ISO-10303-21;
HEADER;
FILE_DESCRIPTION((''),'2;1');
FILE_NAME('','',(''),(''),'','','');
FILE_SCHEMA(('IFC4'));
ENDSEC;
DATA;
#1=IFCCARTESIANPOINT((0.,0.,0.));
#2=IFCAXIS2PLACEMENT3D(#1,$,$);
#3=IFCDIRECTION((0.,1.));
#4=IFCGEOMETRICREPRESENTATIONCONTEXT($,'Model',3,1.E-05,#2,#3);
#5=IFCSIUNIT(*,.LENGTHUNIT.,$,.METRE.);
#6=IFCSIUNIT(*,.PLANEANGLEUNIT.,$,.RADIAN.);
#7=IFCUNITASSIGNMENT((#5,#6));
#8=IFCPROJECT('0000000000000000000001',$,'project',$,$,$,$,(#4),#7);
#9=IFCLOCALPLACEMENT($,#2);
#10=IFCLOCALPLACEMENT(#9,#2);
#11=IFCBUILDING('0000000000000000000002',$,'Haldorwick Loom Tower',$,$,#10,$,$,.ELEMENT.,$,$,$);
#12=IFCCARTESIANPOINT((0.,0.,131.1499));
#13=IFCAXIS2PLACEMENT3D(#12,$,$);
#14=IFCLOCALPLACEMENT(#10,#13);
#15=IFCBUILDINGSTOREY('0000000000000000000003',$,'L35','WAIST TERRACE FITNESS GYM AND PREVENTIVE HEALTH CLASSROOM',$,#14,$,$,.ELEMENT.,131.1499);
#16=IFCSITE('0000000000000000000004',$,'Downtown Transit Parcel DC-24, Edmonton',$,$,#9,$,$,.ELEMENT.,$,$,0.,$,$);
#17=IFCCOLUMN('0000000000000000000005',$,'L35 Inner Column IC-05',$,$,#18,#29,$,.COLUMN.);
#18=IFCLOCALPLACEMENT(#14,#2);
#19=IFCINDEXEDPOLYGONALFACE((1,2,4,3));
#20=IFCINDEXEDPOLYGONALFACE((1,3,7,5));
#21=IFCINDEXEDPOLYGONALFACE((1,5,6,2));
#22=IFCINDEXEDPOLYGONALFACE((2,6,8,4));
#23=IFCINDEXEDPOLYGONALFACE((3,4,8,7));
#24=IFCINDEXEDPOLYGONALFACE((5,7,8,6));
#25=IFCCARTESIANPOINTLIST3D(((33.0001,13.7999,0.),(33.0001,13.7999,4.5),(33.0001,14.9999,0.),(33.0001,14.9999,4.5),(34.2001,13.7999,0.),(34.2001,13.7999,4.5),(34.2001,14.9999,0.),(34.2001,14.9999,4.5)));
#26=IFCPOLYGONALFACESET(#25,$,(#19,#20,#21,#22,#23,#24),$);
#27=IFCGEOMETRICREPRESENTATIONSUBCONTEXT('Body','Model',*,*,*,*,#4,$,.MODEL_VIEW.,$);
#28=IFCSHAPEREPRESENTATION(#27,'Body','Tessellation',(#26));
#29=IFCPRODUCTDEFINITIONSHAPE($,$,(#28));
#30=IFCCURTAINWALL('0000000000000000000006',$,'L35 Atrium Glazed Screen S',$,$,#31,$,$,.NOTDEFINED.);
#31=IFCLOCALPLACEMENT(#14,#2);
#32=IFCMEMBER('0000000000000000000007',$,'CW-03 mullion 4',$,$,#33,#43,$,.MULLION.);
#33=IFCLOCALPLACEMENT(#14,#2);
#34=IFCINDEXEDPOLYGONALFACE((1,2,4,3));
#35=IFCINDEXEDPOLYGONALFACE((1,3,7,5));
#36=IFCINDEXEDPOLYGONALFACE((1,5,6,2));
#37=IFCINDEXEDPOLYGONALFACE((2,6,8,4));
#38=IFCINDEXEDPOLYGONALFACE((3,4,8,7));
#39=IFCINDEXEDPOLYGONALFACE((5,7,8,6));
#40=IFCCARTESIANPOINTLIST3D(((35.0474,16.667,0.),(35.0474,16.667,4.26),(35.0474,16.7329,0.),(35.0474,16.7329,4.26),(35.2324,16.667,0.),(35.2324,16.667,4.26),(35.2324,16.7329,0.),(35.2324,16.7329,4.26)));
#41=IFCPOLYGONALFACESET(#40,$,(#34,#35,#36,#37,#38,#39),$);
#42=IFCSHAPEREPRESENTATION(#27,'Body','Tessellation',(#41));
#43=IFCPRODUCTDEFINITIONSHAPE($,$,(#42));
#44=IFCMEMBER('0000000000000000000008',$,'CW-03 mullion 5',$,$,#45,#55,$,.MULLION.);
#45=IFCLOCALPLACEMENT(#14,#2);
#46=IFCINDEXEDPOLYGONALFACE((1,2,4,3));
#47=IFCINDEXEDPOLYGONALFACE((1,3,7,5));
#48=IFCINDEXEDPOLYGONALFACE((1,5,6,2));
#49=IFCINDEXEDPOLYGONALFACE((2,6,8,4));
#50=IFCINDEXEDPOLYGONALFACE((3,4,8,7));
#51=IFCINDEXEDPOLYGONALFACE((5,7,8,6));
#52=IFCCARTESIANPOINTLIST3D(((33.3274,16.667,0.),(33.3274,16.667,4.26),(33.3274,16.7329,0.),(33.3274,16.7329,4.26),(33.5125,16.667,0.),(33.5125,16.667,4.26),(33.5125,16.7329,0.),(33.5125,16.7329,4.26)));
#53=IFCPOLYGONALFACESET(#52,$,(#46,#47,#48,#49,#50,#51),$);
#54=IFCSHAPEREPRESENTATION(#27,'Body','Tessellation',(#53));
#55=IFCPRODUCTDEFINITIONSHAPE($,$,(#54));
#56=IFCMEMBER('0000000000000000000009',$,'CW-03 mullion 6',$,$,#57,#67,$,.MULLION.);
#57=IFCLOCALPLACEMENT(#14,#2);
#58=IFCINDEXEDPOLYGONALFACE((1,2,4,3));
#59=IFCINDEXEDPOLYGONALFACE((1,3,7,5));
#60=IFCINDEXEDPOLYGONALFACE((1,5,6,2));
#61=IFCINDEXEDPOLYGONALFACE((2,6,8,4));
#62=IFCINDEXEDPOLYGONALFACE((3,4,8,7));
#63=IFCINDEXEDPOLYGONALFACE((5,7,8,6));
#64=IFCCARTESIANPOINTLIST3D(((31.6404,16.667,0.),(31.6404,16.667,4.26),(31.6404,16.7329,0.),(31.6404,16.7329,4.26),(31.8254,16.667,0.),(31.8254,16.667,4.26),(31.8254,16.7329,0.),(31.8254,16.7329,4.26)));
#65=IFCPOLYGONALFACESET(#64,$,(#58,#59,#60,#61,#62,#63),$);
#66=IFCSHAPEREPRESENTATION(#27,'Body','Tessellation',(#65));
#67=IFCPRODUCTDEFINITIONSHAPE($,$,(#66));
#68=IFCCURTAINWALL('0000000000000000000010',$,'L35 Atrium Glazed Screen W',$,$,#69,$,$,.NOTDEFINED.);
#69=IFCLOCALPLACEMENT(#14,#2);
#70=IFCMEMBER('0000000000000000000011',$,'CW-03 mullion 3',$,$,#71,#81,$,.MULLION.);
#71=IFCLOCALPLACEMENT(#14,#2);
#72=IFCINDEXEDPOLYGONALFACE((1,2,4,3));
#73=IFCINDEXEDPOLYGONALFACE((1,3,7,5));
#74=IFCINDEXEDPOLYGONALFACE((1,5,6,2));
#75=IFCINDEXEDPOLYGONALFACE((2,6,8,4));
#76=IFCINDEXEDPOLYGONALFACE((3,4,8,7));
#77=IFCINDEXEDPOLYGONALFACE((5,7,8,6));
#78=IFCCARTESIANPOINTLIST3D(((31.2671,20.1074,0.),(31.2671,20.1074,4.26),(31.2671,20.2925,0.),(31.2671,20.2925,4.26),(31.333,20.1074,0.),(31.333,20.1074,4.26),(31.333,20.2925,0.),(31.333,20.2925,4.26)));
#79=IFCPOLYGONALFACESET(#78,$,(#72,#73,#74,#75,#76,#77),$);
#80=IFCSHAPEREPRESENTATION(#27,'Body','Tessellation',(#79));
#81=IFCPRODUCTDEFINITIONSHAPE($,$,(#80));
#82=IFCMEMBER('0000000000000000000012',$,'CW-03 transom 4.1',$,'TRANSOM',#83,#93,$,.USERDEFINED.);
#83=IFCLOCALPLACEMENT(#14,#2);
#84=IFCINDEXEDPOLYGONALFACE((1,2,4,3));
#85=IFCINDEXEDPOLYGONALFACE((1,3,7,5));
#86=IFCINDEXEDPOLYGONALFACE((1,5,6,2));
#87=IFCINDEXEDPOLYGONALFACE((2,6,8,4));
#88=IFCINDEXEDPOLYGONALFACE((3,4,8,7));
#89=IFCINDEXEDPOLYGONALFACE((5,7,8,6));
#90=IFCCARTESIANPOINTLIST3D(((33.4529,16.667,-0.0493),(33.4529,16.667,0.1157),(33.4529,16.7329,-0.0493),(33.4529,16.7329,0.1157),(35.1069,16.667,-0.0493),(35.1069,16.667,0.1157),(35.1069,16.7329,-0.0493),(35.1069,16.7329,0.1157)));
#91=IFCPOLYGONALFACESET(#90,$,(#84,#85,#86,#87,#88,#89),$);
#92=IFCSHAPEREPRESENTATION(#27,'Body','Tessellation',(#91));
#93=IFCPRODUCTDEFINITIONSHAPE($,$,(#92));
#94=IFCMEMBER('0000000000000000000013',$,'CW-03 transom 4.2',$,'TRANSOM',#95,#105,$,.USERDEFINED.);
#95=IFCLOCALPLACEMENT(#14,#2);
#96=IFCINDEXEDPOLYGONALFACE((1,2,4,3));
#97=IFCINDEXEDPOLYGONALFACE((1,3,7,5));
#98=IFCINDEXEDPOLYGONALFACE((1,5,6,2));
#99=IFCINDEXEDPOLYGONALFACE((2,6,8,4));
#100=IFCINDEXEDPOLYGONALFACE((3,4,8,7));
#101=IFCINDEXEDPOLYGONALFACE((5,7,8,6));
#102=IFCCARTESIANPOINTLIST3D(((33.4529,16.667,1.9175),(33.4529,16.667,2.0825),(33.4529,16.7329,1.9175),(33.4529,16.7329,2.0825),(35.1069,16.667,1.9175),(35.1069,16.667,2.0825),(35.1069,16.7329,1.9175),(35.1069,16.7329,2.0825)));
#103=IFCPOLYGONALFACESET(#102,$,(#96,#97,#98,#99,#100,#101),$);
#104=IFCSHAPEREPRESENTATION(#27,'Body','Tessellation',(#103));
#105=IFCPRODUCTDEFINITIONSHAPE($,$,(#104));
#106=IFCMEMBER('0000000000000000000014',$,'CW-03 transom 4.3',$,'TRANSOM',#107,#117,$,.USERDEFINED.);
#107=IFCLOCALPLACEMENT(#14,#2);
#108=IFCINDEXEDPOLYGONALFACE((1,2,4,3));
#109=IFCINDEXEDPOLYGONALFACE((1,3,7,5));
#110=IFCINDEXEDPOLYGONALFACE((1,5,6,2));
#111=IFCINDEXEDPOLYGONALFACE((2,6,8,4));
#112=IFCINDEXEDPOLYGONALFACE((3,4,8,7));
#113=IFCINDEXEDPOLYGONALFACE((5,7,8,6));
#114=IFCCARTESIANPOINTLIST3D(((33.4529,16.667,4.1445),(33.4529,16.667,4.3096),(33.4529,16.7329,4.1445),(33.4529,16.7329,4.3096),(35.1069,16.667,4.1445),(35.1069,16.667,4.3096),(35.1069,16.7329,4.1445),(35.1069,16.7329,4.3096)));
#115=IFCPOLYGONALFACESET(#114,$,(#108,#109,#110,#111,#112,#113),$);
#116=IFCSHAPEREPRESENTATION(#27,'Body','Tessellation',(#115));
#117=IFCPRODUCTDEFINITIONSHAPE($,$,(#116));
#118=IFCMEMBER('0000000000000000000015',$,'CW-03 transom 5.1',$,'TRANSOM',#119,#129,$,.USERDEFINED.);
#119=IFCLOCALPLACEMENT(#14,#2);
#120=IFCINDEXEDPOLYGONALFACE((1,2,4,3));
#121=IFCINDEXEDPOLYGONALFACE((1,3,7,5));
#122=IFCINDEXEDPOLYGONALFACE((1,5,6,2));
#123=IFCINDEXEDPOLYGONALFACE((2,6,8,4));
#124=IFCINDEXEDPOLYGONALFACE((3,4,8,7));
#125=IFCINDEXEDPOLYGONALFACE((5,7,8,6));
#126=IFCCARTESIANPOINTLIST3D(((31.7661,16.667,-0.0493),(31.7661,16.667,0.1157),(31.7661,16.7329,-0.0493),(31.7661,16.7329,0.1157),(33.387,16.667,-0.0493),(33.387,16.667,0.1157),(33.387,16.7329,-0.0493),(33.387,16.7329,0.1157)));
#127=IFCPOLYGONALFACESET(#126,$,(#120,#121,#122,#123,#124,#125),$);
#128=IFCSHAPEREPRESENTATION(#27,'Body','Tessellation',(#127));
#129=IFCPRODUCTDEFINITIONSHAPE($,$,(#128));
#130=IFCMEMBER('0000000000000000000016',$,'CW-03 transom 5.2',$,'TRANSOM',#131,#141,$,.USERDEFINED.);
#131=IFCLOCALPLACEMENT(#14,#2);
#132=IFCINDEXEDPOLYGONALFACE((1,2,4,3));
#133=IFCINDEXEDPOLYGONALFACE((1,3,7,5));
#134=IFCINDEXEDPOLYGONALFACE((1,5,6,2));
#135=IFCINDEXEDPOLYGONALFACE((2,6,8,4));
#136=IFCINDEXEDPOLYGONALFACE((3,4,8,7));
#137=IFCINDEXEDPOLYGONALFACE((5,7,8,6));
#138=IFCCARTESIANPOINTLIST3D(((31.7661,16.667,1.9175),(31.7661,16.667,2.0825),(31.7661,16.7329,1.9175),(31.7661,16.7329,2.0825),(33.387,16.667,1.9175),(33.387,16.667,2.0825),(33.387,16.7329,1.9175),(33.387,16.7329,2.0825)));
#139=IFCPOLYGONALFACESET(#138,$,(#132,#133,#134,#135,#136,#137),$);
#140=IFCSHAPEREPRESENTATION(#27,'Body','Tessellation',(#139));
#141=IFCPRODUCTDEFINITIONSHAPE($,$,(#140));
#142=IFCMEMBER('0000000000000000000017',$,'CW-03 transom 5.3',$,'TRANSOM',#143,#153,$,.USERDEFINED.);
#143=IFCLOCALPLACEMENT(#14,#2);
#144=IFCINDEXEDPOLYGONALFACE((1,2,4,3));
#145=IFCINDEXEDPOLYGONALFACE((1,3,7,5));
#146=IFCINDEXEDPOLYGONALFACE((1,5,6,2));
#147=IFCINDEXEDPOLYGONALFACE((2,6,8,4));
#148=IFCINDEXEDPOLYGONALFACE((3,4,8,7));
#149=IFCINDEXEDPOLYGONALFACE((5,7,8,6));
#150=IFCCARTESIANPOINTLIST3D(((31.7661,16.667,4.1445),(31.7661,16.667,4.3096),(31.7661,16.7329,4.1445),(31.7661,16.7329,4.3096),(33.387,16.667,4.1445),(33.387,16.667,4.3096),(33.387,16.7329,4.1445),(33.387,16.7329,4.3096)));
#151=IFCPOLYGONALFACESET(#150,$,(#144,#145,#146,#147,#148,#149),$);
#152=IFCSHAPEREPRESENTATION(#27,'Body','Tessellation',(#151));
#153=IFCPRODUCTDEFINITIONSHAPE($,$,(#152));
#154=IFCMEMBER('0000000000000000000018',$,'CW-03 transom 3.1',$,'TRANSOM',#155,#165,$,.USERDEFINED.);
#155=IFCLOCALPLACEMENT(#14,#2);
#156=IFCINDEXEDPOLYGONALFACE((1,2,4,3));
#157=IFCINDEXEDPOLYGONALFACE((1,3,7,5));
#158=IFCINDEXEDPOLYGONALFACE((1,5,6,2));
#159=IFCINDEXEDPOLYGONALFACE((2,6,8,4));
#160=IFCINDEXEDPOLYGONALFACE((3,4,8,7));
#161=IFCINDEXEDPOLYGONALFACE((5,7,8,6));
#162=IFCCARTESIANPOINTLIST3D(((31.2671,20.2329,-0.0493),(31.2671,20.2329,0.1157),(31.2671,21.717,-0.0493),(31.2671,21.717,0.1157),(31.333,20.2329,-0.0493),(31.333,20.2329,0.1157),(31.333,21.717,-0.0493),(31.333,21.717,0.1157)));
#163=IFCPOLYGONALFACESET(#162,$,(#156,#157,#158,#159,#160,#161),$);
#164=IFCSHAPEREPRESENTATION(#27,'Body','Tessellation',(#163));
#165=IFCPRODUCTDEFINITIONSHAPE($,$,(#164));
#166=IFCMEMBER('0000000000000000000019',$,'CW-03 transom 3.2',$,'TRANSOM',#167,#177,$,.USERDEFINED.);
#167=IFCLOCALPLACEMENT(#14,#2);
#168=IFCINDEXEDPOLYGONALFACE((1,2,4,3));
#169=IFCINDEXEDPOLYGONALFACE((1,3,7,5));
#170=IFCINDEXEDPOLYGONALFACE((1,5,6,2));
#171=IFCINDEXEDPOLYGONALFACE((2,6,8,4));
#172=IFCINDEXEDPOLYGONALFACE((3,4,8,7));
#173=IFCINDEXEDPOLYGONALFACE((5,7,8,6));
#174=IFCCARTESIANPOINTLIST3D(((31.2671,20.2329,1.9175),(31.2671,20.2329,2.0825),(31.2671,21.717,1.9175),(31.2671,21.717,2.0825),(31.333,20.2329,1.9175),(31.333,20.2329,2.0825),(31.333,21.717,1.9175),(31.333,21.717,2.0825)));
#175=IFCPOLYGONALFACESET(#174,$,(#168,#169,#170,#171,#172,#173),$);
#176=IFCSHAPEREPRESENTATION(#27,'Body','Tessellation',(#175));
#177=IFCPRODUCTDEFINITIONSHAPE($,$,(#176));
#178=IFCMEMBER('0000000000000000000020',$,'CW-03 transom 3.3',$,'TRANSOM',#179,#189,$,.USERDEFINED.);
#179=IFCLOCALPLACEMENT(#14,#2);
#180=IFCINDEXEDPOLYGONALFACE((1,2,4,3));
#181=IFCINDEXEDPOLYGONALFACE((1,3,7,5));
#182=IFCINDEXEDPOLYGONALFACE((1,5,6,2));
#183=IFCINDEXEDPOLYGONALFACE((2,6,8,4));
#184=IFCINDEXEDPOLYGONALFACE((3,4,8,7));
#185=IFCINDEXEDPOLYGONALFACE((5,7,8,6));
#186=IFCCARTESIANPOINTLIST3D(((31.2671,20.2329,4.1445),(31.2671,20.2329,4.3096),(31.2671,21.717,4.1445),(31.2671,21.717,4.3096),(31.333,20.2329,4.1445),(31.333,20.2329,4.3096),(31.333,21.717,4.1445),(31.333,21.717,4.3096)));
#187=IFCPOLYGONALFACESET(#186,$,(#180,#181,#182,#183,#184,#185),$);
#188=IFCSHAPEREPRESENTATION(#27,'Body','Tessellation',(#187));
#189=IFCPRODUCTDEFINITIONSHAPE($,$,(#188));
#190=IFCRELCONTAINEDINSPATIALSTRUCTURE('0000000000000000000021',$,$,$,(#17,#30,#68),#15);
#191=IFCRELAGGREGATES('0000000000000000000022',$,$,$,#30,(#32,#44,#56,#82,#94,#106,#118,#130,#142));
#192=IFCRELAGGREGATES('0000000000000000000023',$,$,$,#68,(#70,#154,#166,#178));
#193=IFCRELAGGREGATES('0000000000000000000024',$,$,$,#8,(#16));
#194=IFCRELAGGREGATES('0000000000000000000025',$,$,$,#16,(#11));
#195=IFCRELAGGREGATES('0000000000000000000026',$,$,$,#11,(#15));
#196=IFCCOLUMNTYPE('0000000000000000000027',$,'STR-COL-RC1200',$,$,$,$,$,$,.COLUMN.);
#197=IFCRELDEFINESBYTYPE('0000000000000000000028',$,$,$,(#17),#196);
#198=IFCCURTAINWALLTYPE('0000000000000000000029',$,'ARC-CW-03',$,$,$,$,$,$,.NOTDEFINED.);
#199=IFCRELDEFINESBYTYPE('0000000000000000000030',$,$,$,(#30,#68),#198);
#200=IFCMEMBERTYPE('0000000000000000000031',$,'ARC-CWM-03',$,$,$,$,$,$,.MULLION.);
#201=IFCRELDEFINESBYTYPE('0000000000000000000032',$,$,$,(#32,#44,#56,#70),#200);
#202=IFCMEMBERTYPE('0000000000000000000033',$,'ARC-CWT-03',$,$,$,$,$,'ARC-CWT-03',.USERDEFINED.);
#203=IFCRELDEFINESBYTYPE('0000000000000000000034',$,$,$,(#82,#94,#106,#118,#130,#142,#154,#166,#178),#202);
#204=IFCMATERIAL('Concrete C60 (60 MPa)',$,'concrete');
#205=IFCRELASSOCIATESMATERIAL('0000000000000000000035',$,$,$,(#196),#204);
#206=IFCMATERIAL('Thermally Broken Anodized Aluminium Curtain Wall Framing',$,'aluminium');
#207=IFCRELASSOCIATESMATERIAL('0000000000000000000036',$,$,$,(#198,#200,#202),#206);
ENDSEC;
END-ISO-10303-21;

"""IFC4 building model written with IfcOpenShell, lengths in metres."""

from ifc_helpers import new_model, si_unit, direction, frame, origin, origin_2d, place, context, subcontext, project, spatial, rectangle, extrude, material, material_profile, profile_set, type_object, element, aggregate, save


model = new_model("IFC4")

# Units and contexts
model_context = context("Model", 3, precision=1e-05, world=origin(), true_north=direction((0.0, 1.0)))
body_context = subcontext(model_context, "Body", "Model", "MODEL_VIEW")
ifc_project = project(units=[si_unit("LENGTHUNIT", "METRE"), si_unit("PLANEANGLEUNIT", "RADIAN")], contexts=[model_context])

# Site, building, storey
site_placement = place(None, origin())
site = spatial("IfcSite", under=ifc_project, at=site_placement, Name="Downtown Transit Parcel DC-24, Edmonton", CompositionType="ELEMENT", RefElevation=0.0)
building_placement = place(site_placement, origin())
building = spatial("IfcBuilding", under=site, at=building_placement, Name="Haldorwick Loom Tower", CompositionType="ELEMENT")
storey_placement = place(building_placement, frame((0.0, 0.0, 131.1499)))
storey = spatial("IfcBuildingStorey", under=building, at=storey_placement, Name="L35", Description="WAIST TERRACE FITNESS GYM AND PREVENTIVE HEALTH CLASSROOM", CompositionType="ELEMENT", Elevation=131.1499)

# Column
ifc_material_1 = material(Name="Concrete C60 (60 MPa)", Category="concrete")
ifc_material_profile_1 = material_profile(ifc_material_1, rectangle(XDim=1.2, YDim=1.2, at=origin_2d()), Name="RC1200X1200", Category="concrete")
ifc_profile_set_1 = profile_set([ifc_material_profile_1], Name="Concrete C60 (60 MPa)")
column_type = type_object("IfcColumnType", Name="STR-COL-RC1200", PredefinedType="COLUMN", material=ifc_profile_set_1)
column_placement = place(storey_placement, frame((33.6001, 14.3999, 0.0), z_axis=(0.0, 0.0, 1.0), x_axis=(1.0, 0.0, 0.0)))
element("IfcColumn", 1, at=column_placement, inside=storey, type_object=column_type, Name="L35 Inner Column IC-05", PredefinedType="COLUMN", context=body_context, shape_type="SweptSolid", body=[
    extrude(rectangle(XDim=1.2, YDim=1.2, at=origin_2d()), origin(), (0.0, 0.0, 1.0), 4.5),
])

# Curtain wall, members
ifc_material_2 = material(Name="Thermally Broken Anodized Aluminium Curtain Wall Framing", Category="aluminium")
curtain_wall_type = type_object("IfcCurtainWallType", Name="ARC-CW-03", PredefinedType="NOTDEFINED", material=ifc_material_2)
curtain_wall_1_placement = place(storey_placement, origin())
curtain_wall_1 = element("IfcCurtainWall", 2, at=curtain_wall_1_placement, inside=storey, type_object=curtain_wall_type, Name="L35 Atrium Glazed Screen S", PredefinedType="NOTDEFINED")
ifc_material_profile_2 = material_profile(ifc_material_2, rectangle(XDim=0.0659, YDim=0.1851, at=origin_2d()), Name="ALU_MUL_66X185", Category="aluminium")
ifc_profile_set_2 = profile_set([ifc_material_profile_2], Name="Thermally Broken Anodized Aluminium Curtain Wall Framing")
member_type_1 = type_object("IfcMemberType", Name="ARC-CWM-03", PredefinedType="MULLION", material=ifc_profile_set_2)
member_1_placement = place(storey_placement, frame((35.1399, 16.7, 0.0), z_axis=(0.0, 0.0, 1.0), x_axis=(0.0, -1.0, 0.0)))
member_1 = element("IfcMember", 3, at=member_1_placement, type_object=member_type_1, Name="CW-03 mullion 4", PredefinedType="MULLION", context=body_context, shape_type="SweptSolid", body=[
    extrude(rectangle(XDim=0.0659, YDim=0.1851, at=origin_2d()), origin(), (0.0, 0.0, 1.0), 4.26),
])
member_2_placement = place(storey_placement, frame((33.4199, 16.7, 0.0), z_axis=(0.0, 0.0, 1.0), x_axis=(0.0, -1.0, 0.0)))
member_2 = element("IfcMember", 4, at=member_2_placement, type_object=member_type_1, Name="CW-03 mullion 5", PredefinedType="MULLION", context=body_context, shape_type="SweptSolid", body=[
    extrude(rectangle(XDim=0.0659, YDim=0.1851, at=origin_2d()), origin(), (0.0, 0.0, 1.0), 4.26),
])
member_3_placement = place(storey_placement, frame((31.7329, 16.7, 0.0), z_axis=(0.0, 0.0, 1.0), x_axis=(0.0, -1.0, 0.0)))
member_3 = element("IfcMember", 5, at=member_3_placement, type_object=member_type_1, Name="CW-03 mullion 6", PredefinedType="MULLION", context=body_context, shape_type="SweptSolid", body=[
    extrude(rectangle(XDim=0.0659, YDim=0.1851, at=origin_2d()), origin(), (0.0, 0.0, 1.0), 4.26),
])

# Curtain wall, member
curtain_wall_2_placement = place(storey_placement, origin())
curtain_wall_2 = element("IfcCurtainWall", 6, at=curtain_wall_2_placement, inside=storey, type_object=curtain_wall_type, Name="L35 Atrium Glazed Screen W", PredefinedType="NOTDEFINED")
member_4_placement = place(storey_placement, frame((31.3, 20.2, 0.0), z_axis=(0.0, 0.0, 1.0), x_axis=(-1.0, 0.0, 0.0)))
member_4 = element("IfcMember", 7, at=member_4_placement, type_object=member_type_1, Name="CW-03 mullion 3", PredefinedType="MULLION", context=body_context, shape_type="SweptSolid", body=[
    extrude(rectangle(XDim=0.0659, YDim=0.1851, at=origin_2d()), origin(), (0.0, 0.0, 1.0), 4.26),
])

# Members
ifc_material_profile_3 = material_profile(ifc_material_2, rectangle(XDim=0.0659, YDim=0.165, at=origin_2d()), Name="ALU_TRN_66X165", Category="aluminium")
ifc_profile_set_3 = profile_set([ifc_material_profile_3], Name="Thermally Broken Anodized Aluminium Curtain Wall Framing")
member_type_2 = type_object("IfcMemberType", Name="ARC-CWT-03", ElementType="ARC-CWT-03", PredefinedType="USERDEFINED", material=ifc_profile_set_3)
member_5_placement = place(storey_placement, frame((35.1069, 16.7, 0.0332), z_axis=(-1.0, 0.0, 0.0), x_axis=(0.0, -1.0, 0.0)))
member_5 = element("IfcMember", 8, at=member_5_placement, type_object=member_type_2, Name="CW-03 transom 4.1", ObjectType="TRANSOM", PredefinedType="USERDEFINED", context=body_context, shape_type="SweptSolid", body=[
    extrude(rectangle(XDim=0.0659, YDim=0.165, at=origin_2d()), origin(), (0.0, 0.0, 1.0), 1.6541),
])
member_6_placement = place(storey_placement, frame((35.1069, 16.7, 2.0), z_axis=(-1.0, 0.0, 0.0), x_axis=(0.0, -1.0, 0.0)))
member_6 = element("IfcMember", 9, at=member_6_placement, type_object=member_type_2, Name="CW-03 transom 4.2", ObjectType="TRANSOM", PredefinedType="USERDEFINED", context=body_context, shape_type="SweptSolid", body=[
    extrude(rectangle(XDim=0.0659, YDim=0.165, at=origin_2d()), origin(), (0.0, 0.0, 1.0), 1.6541),
])
member_7_placement = place(storey_placement, frame((35.1069, 16.7, 4.2271), z_axis=(-1.0, 0.0, 0.0), x_axis=(0.0, -1.0, 0.0)))
member_7 = element("IfcMember", 10, at=member_7_placement, type_object=member_type_2, Name="CW-03 transom 4.3", ObjectType="TRANSOM", PredefinedType="USERDEFINED", context=body_context, shape_type="SweptSolid", body=[
    extrude(rectangle(XDim=0.0659, YDim=0.165, at=origin_2d()), origin(), (0.0, 0.0, 1.0), 1.6541),
])
member_8_placement = place(storey_placement, frame((33.387, 16.7, 0.0332), z_axis=(-1.0, 0.0, 0.0), x_axis=(0.0, -1.0, 0.0)))
member_8 = element("IfcMember", 11, at=member_8_placement, type_object=member_type_2, Name="CW-03 transom 5.1", ObjectType="TRANSOM", PredefinedType="USERDEFINED", context=body_context, shape_type="SweptSolid", body=[
    extrude(rectangle(XDim=0.0659, YDim=0.165, at=origin_2d()), origin(), (0.0, 0.0, 1.0), 1.6208),
])
member_9_placement = place(storey_placement, frame((33.387, 16.7, 2.0), z_axis=(-1.0, 0.0, 0.0), x_axis=(0.0, -1.0, 0.0)))
member_9 = element("IfcMember", 12, at=member_9_placement, type_object=member_type_2, Name="CW-03 transom 5.2", ObjectType="TRANSOM", PredefinedType="USERDEFINED", context=body_context, shape_type="SweptSolid", body=[
    extrude(rectangle(XDim=0.0659, YDim=0.165, at=origin_2d()), origin(), (0.0, 0.0, 1.0), 1.6208),
])
member_10_placement = place(storey_placement, frame((33.387, 16.7, 4.2271), z_axis=(-1.0, 0.0, 0.0), x_axis=(0.0, -1.0, 0.0)))
member_10 = element("IfcMember", 13, at=member_10_placement, type_object=member_type_2, Name="CW-03 transom 5.3", ObjectType="TRANSOM", PredefinedType="USERDEFINED", context=body_context, shape_type="SweptSolid", body=[
    extrude(rectangle(XDim=0.0659, YDim=0.165, at=origin_2d()), origin(), (0.0, 0.0, 1.0), 1.6208),
])
member_11_placement = place(storey_placement, frame((31.3, 20.2329, 0.0332), z_axis=(0.0, 1.0, 0.0), x_axis=(-1.0, 0.0, 0.0)))
member_11 = element("IfcMember", 14, at=member_11_placement, type_object=member_type_2, Name="CW-03 transom 3.1", ObjectType="TRANSOM", PredefinedType="USERDEFINED", context=body_context, shape_type="SweptSolid", body=[
    extrude(rectangle(XDim=0.0659, YDim=0.165, at=origin_2d()), origin(), (0.0, 0.0, 1.0), 1.4841),
])
member_12_placement = place(storey_placement, frame((31.3, 20.2329, 2.0), z_axis=(0.0, 1.0, 0.0), x_axis=(-1.0, 0.0, 0.0)))
member_12 = element("IfcMember", 15, at=member_12_placement, type_object=member_type_2, Name="CW-03 transom 3.2", ObjectType="TRANSOM", PredefinedType="USERDEFINED", context=body_context, shape_type="SweptSolid", body=[
    extrude(rectangle(XDim=0.0659, YDim=0.165, at=origin_2d()), origin(), (0.0, 0.0, 1.0), 1.4841),
])
member_13_placement = place(storey_placement, frame((31.3, 20.2329, 4.2271), z_axis=(0.0, 1.0, 0.0), x_axis=(-1.0, 0.0, 0.0)))
member_13 = element("IfcMember", 16, at=member_13_placement, type_object=member_type_2, Name="CW-03 transom 3.3", ObjectType="TRANSOM", PredefinedType="USERDEFINED", context=body_context, shape_type="SweptSolid", body=[
    extrude(rectangle(XDim=0.0659, YDim=0.165, at=origin_2d()), origin(), (0.0, 0.0, 1.0), 1.4841),
])

aggregate(curtain_wall_1, [member_1, member_2, member_3, member_5, member_6, member_7, member_8, member_9, member_10])
aggregate(curtain_wall_2, [member_4, member_11, member_12, member_13])

save(model, "model.ifc")
